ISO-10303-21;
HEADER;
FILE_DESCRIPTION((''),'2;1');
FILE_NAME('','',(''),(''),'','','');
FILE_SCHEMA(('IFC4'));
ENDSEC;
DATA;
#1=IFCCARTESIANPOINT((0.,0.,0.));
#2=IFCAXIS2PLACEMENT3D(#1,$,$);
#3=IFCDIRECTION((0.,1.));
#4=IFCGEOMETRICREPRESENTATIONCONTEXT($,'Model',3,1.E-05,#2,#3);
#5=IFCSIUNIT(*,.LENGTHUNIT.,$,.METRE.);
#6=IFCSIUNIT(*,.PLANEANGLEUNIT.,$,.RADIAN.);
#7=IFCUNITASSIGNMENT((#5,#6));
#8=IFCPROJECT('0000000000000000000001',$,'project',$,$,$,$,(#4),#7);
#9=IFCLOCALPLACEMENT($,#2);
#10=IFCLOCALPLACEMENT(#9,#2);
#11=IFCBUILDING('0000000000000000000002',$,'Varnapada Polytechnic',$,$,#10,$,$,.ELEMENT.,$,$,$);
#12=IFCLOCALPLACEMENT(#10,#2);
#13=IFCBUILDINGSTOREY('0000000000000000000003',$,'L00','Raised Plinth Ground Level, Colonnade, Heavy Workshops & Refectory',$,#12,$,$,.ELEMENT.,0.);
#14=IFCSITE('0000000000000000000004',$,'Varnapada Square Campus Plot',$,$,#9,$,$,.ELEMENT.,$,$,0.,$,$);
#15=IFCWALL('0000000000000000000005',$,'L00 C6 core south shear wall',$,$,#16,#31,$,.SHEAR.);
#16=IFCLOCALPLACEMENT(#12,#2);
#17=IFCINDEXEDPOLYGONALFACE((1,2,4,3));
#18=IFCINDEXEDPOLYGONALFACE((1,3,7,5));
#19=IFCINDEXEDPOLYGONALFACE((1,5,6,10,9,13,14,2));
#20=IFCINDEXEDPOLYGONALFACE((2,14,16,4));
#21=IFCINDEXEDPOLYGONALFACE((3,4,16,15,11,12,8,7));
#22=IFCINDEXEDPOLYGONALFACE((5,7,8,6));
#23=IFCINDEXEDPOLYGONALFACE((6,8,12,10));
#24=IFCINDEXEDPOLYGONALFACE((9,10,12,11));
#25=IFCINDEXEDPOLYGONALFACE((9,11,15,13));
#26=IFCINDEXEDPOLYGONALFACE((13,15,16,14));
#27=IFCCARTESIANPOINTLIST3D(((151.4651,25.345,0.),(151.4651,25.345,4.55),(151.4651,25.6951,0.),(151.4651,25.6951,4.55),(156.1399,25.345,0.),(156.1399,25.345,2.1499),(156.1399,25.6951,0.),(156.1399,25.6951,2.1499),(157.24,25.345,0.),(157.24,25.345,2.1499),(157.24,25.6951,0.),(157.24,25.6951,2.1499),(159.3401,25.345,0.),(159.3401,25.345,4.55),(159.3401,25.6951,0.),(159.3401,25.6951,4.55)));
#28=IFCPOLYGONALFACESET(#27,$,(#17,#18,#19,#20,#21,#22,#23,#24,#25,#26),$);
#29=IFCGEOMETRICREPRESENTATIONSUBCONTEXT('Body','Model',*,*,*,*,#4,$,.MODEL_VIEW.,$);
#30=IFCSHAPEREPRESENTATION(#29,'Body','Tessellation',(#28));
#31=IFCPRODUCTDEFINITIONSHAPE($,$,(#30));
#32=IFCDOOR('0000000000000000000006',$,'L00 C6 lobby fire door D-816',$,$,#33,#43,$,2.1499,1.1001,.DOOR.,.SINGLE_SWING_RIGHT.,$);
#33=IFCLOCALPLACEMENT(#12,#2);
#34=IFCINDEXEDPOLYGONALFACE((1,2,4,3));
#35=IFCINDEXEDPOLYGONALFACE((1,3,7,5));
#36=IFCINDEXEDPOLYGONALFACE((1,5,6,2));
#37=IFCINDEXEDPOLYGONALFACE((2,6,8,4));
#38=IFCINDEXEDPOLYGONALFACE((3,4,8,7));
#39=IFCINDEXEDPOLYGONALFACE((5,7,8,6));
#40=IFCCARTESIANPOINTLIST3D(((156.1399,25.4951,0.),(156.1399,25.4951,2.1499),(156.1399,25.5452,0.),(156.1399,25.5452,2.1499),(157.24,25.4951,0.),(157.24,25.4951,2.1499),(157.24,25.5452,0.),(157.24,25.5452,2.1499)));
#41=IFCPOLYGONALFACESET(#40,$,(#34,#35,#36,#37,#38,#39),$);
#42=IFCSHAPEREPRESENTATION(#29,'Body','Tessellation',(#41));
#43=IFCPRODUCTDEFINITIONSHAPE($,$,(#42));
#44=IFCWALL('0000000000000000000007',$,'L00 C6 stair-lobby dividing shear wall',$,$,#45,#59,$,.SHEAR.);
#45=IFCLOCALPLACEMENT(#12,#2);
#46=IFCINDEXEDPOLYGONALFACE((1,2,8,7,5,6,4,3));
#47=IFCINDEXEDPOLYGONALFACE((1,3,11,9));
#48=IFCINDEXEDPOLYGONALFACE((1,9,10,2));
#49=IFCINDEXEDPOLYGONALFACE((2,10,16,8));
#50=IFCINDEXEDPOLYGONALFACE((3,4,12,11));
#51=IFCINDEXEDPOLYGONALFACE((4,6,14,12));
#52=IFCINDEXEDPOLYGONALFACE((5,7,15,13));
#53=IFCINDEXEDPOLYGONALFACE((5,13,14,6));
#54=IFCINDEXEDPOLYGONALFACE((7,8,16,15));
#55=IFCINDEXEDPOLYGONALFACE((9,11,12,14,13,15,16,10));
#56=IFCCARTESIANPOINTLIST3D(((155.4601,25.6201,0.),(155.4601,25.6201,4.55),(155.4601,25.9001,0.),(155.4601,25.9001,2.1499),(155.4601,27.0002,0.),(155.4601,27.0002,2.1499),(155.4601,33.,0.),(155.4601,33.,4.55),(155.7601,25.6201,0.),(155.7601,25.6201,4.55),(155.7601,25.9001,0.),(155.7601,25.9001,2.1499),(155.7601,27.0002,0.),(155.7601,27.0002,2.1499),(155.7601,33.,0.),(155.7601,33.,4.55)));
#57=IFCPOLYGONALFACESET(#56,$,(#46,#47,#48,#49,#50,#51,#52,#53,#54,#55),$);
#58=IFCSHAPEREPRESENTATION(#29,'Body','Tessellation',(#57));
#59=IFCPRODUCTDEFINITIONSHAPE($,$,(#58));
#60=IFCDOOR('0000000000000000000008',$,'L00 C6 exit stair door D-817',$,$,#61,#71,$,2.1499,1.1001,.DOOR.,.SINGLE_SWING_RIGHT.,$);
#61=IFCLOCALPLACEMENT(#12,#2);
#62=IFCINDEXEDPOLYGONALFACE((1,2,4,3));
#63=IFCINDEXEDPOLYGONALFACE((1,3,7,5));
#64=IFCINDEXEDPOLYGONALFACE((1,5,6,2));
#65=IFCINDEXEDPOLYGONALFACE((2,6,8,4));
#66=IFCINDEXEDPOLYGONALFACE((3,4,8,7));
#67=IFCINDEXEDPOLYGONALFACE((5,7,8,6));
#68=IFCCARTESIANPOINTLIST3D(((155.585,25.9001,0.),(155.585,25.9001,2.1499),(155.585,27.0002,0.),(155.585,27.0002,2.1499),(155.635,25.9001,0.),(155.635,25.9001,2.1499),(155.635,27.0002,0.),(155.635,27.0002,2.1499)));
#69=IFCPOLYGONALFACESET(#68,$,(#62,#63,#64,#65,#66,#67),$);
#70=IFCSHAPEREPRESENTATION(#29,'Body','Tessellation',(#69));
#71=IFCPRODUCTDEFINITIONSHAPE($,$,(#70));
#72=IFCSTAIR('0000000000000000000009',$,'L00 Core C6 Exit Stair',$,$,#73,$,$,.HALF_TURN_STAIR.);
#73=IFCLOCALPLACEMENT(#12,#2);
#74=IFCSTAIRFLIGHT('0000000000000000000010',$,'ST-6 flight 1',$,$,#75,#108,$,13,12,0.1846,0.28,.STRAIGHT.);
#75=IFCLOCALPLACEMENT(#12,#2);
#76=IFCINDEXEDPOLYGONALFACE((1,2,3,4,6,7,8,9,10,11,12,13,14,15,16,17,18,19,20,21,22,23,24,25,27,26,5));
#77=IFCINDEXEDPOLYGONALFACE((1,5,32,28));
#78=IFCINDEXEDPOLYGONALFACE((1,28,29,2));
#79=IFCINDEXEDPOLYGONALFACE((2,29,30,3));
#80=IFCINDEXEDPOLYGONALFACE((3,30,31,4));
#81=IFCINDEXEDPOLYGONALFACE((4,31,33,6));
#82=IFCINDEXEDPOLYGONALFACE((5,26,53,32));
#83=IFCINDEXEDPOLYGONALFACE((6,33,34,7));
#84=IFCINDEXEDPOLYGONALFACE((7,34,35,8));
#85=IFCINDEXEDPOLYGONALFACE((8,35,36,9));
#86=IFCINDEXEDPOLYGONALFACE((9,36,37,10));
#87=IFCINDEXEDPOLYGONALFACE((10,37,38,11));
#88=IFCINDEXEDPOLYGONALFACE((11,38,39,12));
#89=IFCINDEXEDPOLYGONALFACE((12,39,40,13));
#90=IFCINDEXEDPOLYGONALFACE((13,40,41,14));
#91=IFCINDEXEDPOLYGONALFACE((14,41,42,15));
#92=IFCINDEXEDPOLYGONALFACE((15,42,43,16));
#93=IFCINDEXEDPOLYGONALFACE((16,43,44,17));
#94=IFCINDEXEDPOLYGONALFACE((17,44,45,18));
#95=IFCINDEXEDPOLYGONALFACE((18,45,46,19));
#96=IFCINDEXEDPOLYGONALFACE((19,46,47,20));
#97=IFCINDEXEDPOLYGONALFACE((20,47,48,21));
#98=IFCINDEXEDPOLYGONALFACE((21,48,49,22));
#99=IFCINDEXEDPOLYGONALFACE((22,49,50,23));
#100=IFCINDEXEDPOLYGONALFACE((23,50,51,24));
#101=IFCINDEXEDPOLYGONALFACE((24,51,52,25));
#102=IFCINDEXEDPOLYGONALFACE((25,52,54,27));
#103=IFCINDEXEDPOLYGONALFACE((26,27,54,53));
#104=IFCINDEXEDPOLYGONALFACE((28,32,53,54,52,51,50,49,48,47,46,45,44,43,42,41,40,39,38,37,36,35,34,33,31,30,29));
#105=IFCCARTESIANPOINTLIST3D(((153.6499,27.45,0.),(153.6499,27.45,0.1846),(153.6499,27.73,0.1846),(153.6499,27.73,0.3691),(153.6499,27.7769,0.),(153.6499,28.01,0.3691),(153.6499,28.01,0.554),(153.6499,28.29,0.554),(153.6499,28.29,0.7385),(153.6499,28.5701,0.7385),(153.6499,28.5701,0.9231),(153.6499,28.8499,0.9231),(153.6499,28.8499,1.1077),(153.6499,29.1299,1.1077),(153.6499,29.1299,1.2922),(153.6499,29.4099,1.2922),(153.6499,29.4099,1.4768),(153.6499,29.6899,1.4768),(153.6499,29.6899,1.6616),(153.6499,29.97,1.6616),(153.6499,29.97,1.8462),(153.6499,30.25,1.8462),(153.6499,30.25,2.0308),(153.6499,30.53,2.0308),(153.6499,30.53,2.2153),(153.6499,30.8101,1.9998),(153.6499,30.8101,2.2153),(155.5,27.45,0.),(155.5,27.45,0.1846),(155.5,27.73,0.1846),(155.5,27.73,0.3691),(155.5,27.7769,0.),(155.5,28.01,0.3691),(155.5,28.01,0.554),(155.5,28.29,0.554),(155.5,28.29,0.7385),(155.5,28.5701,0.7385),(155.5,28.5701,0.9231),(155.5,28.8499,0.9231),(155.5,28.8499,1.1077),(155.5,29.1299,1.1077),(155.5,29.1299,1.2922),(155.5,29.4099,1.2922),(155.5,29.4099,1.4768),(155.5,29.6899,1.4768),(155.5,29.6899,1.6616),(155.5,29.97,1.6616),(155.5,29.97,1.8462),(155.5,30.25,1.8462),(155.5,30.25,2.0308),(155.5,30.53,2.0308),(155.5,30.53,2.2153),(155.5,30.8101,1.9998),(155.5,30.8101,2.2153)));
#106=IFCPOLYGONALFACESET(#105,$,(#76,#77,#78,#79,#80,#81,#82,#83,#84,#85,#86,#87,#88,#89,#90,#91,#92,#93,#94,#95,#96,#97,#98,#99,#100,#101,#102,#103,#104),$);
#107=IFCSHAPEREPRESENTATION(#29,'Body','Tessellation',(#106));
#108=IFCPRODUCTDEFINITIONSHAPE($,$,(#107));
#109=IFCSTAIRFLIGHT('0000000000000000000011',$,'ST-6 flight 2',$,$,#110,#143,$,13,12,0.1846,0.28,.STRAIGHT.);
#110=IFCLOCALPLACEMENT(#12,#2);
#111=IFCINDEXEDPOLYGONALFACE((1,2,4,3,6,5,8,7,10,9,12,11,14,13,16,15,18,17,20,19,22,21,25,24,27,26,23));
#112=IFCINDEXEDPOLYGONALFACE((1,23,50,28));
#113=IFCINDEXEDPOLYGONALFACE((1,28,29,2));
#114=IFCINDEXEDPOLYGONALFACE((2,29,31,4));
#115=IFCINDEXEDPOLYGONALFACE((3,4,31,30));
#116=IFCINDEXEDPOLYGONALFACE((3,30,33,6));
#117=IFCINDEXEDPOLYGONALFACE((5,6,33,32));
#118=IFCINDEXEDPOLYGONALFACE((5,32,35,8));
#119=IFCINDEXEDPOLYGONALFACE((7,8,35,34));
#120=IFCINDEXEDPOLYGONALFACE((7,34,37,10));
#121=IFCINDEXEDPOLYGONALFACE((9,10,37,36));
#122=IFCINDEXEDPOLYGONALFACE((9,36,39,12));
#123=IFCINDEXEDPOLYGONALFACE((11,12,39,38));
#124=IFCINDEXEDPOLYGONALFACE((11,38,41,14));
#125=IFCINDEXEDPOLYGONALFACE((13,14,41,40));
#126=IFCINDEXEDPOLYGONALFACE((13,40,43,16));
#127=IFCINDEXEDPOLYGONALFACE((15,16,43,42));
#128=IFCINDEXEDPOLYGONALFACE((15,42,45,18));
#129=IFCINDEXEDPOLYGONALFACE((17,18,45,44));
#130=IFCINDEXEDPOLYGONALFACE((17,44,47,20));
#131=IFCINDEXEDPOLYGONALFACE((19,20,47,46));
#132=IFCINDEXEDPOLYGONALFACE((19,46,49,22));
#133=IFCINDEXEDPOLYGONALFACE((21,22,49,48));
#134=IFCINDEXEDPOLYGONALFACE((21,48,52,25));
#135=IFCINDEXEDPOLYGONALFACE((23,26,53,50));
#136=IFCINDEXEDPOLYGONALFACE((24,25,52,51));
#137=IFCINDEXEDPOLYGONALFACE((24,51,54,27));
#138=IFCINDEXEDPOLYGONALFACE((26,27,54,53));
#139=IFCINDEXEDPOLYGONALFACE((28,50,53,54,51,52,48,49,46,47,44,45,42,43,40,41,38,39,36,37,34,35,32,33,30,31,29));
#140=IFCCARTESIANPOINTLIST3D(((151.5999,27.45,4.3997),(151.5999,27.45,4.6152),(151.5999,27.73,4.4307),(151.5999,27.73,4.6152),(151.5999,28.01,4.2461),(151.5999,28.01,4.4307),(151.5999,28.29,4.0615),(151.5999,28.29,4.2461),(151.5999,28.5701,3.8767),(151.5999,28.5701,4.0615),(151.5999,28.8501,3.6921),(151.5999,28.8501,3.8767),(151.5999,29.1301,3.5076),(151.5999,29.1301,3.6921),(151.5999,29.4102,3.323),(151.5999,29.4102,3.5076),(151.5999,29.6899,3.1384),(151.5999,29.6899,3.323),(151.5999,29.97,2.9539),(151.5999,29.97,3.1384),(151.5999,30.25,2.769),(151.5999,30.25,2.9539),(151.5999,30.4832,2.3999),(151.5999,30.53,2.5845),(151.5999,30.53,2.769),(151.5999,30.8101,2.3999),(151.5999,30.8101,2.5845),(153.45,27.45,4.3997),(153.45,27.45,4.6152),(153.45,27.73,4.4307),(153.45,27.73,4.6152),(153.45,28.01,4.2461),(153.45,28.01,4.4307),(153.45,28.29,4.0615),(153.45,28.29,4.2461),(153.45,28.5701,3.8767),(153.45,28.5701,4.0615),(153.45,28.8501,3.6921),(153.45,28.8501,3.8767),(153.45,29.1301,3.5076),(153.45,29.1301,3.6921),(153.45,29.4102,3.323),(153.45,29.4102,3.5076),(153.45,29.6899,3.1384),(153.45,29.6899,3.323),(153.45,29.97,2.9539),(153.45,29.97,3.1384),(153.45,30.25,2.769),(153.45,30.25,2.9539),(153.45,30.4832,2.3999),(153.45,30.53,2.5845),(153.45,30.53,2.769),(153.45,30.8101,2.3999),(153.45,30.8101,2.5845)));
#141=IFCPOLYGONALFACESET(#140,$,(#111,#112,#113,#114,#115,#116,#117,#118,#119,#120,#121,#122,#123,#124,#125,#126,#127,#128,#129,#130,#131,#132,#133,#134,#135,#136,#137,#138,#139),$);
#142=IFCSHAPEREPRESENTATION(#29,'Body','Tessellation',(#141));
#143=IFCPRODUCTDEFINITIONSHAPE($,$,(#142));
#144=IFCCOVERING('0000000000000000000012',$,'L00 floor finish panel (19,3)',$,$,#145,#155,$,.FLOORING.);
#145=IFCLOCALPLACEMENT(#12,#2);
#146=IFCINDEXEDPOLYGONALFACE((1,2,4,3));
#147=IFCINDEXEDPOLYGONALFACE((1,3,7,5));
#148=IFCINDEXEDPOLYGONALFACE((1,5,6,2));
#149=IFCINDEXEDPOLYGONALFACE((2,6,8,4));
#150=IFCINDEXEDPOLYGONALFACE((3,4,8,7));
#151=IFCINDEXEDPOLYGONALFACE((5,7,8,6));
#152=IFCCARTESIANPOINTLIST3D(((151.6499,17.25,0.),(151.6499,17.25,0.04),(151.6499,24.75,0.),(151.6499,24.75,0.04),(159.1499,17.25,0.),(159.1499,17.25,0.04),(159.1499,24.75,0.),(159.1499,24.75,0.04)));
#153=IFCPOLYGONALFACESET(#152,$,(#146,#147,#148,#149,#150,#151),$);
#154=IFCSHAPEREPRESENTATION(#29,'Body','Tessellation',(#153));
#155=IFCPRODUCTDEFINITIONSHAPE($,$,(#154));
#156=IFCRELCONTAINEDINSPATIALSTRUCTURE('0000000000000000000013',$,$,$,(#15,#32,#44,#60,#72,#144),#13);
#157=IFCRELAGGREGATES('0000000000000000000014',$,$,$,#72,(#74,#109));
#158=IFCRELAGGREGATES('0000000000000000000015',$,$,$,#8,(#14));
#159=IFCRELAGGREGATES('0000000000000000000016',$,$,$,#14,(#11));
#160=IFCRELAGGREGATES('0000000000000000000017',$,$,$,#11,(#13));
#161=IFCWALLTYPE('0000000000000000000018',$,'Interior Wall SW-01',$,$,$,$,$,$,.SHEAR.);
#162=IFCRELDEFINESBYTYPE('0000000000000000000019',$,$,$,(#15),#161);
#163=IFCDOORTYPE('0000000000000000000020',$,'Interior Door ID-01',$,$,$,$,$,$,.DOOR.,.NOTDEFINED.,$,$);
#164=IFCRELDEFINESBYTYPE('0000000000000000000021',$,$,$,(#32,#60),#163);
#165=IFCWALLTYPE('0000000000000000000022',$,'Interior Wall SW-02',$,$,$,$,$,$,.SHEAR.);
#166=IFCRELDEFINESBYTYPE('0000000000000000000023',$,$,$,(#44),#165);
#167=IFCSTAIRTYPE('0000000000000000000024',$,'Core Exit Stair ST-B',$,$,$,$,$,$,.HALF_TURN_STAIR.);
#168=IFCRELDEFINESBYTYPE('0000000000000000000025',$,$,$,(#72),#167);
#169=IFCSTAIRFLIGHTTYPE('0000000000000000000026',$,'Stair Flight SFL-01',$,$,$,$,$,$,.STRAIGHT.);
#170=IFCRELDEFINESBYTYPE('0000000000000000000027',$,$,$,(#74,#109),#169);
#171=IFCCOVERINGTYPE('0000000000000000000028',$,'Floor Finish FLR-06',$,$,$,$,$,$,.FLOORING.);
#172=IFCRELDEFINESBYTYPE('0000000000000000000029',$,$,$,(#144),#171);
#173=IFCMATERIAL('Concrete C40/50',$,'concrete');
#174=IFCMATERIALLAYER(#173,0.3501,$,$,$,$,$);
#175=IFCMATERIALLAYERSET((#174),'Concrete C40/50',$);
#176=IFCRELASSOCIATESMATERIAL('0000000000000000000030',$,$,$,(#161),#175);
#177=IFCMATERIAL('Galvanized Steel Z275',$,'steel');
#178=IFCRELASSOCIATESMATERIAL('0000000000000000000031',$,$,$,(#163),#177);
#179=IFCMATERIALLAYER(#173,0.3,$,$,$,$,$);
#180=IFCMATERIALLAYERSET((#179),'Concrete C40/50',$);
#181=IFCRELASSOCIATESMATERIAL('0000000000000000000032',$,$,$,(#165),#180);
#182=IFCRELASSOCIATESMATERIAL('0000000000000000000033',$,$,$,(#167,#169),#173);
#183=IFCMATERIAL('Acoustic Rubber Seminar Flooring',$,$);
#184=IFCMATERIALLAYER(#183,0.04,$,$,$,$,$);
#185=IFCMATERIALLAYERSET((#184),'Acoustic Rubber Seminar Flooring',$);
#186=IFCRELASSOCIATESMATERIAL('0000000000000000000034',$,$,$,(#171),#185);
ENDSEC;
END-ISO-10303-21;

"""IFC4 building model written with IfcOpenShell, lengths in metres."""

from ifc_helpers import new_model, si_unit, direction, frame, frame_2d, origin, origin_2d, place, context, subcontext, project, spatial, polyline, rectangle, outline, extrude, material, layer, layer_set, type_object, element, fill, aggregate, save


model = new_model("IFC4")

# Units and contexts
model_context = context("Model", 3, precision=1e-05, world=origin(), true_north=direction((0.0, 1.0)))
body_context = subcontext(model_context, "Body", "Model", "MODEL_VIEW")
ifc_project = project(units=[si_unit("LENGTHUNIT", "METRE"), si_unit("PLANEANGLEUNIT", "RADIAN")], contexts=[model_context])

# Site, building, storey
site_placement = place(None, origin())
site = spatial("IfcSite", under=ifc_project, at=site_placement, Name="Varnapada Square Campus Plot", CompositionType="ELEMENT", RefElevation=0.0)
building_placement = place(site_placement, origin())
building = spatial("IfcBuilding", under=site, at=building_placement, Name="Varnapada Polytechnic", CompositionType="ELEMENT")
storey_placement = place(building_placement, origin())
storey = spatial("IfcBuildingStorey", under=building, at=storey_placement, Name="L00", Description="Raised Plinth Ground Level, Colonnade, Heavy Workshops & Refectory", CompositionType="ELEMENT", Elevation=0.0)

# Shared definitions
ifc_material_1 = material(Name="Concrete C40/50", Category="concrete")

# Shared definitions
ifc_layer_1 = layer(ifc_material_1, 0.3501)
ifc_layer_set_1 = layer_set([ifc_layer_1], Name="Concrete C40/50")
wall_type_1 = type_object("IfcWallType", Name="Interior Wall SW-01", PredefinedType="SHEAR", material=ifc_layer_set_1)

# Walls, openings, doors
wall_1_placement = place(storey_placement, frame((159.3401, 25.52, 0.0), z_axis=(0.0, 0.0, 1.0), x_axis=(-1.0, 0.0, 0.0)))
wall_1 = element("IfcWall", 1, at=wall_1_placement, inside=storey, type_object=wall_type_1, Name="L00 C6 core south shear wall", PredefinedType="SHEAR", context=body_context, shape_type="SweptSolid", body=[
    extrude(rectangle(XDim=7.875, YDim=0.3501, at=frame_2d((3.9375, 0.0))), origin(), (0.0, 0.0, 1.0), 4.55),
])
opening_1_placement = place(wall_1_placement, frame((2.1001, 0.0, 0.0)))
opening_1 = element("IfcOpeningElement", 2, at=opening_1_placement, cuts=wall_1, PredefinedType="OPENING", context=body_context, shape_type="SweptSolid", body=[
    extrude(rectangle(XDim=1.1001, YDim=2.1499, at=frame_2d((0.55, 1.075))), frame((0.0, 0.1851, 0.0), z_axis=(0.0, -1.0, 0.0), x_axis=(1.0, 0.0, 0.0)), (0.0, 0.0, 1.0), 0.3701),
])
ifc_material_2 = material(Name="Galvanized Steel Z275", Category="steel")
door_type_1 = type_object("IfcDoorType", Name="Interior Door ID-01", OperationType="NOTDEFINED", PredefinedType="DOOR", material=ifc_material_2)
door_1_placement = place(opening_1_placement, origin())
door_1 = element("IfcDoor", 3, at=door_1_placement, inside=storey, type_object=door_type_1, Name="L00 C6 lobby fire door D-816", OperationType="SINGLE_SWING_RIGHT", OverallHeight=2.1499, OverallWidth=1.1001, PredefinedType="DOOR", context=body_context, shape_type="SweptSolid", body=[
    extrude(rectangle(XDim=1.1001, YDim=2.1499, at=frame_2d((0.55, 1.075))), frame((0.0, 0.0249, 0.0), z_axis=(0.0, -1.0, 0.0), x_axis=(1.0, 0.0, 0.0)), (0.0, 0.0, 1.0), 0.05),
])
fill(opening_1, door_1)
ifc_layer_2 = layer(ifc_material_1, 0.3)
ifc_layer_set_2 = layer_set([ifc_layer_2], Name="Concrete C40/50")
wall_type_2 = type_object("IfcWallType", Name="Interior Wall SW-02", PredefinedType="SHEAR", material=ifc_layer_set_2)
wall_2_placement = place(storey_placement, frame((155.6101, 25.6201, 0.0), z_axis=(0.0, 0.0, 1.0), x_axis=(0.0, 1.0, 0.0)))
wall_2 = element("IfcWall", 4, at=wall_2_placement, inside=storey, type_object=wall_type_2, Name="L00 C6 stair-lobby dividing shear wall", PredefinedType="SHEAR", context=body_context, shape_type="SweptSolid", body=[
    extrude(rectangle(XDim=7.3799, YDim=0.3, at=frame_2d((3.6899, 0.0))), origin(), (0.0, 0.0, 1.0), 4.55),
])
opening_2_placement = place(wall_2_placement, frame((0.28, 0.0, 0.0)))
opening_2 = element("IfcOpeningElement", 5, at=opening_2_placement, cuts=wall_2, PredefinedType="OPENING", context=body_context, shape_type="SweptSolid", body=[
    extrude(rectangle(XDim=1.1001, YDim=2.1499, at=frame_2d((0.55, 1.075))), frame((0.0, 0.1599, 0.0), z_axis=(0.0, -1.0, 0.0), x_axis=(1.0, 0.0, 0.0)), (0.0, 0.0, 1.0), 0.3201),
])
door_2_placement = place(opening_2_placement, frame((1.1001, 0.0, 0.0), z_axis=(0.0, 0.0, 1.0), x_axis=(-1.0, 0.0, 0.0)))
door_2 = element("IfcDoor", 6, at=door_2_placement, inside=storey, type_object=door_type_1, Name="L00 C6 exit stair door D-817", OperationType="SINGLE_SWING_RIGHT", OverallHeight=2.1499, OverallWidth=1.1001, PredefinedType="DOOR", context=body_context, shape_type="SweptSolid", body=[
    extrude(rectangle(XDim=1.1001, YDim=2.1499, at=frame_2d((0.55, 1.075))), frame((0.0, 0.0249, 0.0), z_axis=(0.0, -1.0, 0.0), x_axis=(1.0, 0.0, 0.0)), (0.0, 0.0, 1.0), 0.05),
])
fill(opening_2, door_2)

# Stair, stair flights
stair_type = type_object("IfcStairType", Name="Core Exit Stair ST-B", PredefinedType="HALF_TURN_STAIR", material=ifc_material_1)
stair_placement = place(storey_placement, origin())
stair = element("IfcStair", 7, at=stair_placement, inside=storey, type_object=stair_type, Name="L00 Core C6 Exit Stair", PredefinedType="HALF_TURN_STAIR")
stair_flight_type = type_object("IfcStairFlightType", Name="Stair Flight SFL-01", PredefinedType="STRAIGHT", material=ifc_material_1)
stair_flight_1_placement = place(storey_placement, frame((154.575, 27.45, 0.0), z_axis=(0.0, 0.0, 1.0), x_axis=(0.0, 1.0, 0.0)))
stair_flight_1 = element("IfcStairFlight", 8, at=stair_flight_1_placement, type_object=stair_flight_type, Name="ST-6 flight 1", NumberOfRisers=13, NumberOfTreads=12, PredefinedType="STRAIGHT", RiserHeight=0.1846, TreadLength=0.28, context=body_context, shape_type="SweptSolid", body=[
    extrude(outline(polyline([(0.0, 0.0), (0.0, 0.1846), (0.28, 0.1846), (0.28, 0.3691), (0.5601, 0.3691), (0.5601, 0.554), (0.8401, 0.554), (0.8401, 0.7385), (1.1201, 0.7385), (1.1201, 0.9231), (1.3999, 0.9231), (1.3999, 1.1077), (1.6799, 1.1077), (1.6799, 1.2922), (1.96, 1.2922), (1.96, 1.4768), (2.24, 1.4768), (2.24, 1.6616), (2.52, 1.6616), (2.52, 1.8462), (2.8, 1.8462), (2.8, 2.0308), (3.0801, 2.0308), (3.0801, 2.2153), (3.3601, 2.2153), (3.3601, 2.3999), (3.3601, 1.9998), (0.3269, 0.0), (0.0, 0.0)])), frame((0.0, 0.925, 0.0), z_axis=(0.0, -1.0, 0.0), x_axis=(1.0, 0.0, 0.0)), (0.0, 0.0, 1.0), 1.8501),
])
stair_flight_2_placement = place(storey_placement, frame((152.5249, 30.8101, 2.3999), z_axis=(0.0, 0.0, 1.0), x_axis=(0.0, -1.0, 0.0)))
stair_flight_2 = element("IfcStairFlight", 9, at=stair_flight_2_placement, type_object=stair_flight_type, Name="ST-6 flight 2", NumberOfRisers=13, NumberOfTreads=12, PredefinedType="STRAIGHT", RiserHeight=0.1846, TreadLength=0.28, context=body_context, shape_type="SweptSolid", body=[
    extrude(outline(polyline([(0.0, 0.0), (0.0, 0.1846), (0.28, 0.1846), (0.28, 0.3691), (0.5601, 0.3691), (0.5601, 0.554), (0.8401, 0.554), (0.8401, 0.7385), (1.1201, 0.7385), (1.1201, 0.9231), (1.3999, 0.9231), (1.3999, 1.1077), (1.6799, 1.1077), (1.6799, 1.2922), (1.96, 1.2922), (1.96, 1.4768), (2.24, 1.4768), (2.24, 1.6616), (2.52, 1.6616), (2.52, 1.8462), (2.8, 1.8462), (2.8, 2.0308), (3.0801, 2.0308), (3.0801, 2.2153), (3.3601, 2.2153), (3.3601, 2.3999), (3.3601, 1.9998), (0.3269, 0.0), (0.0, 0.0)])), frame((0.0, 0.925, 0.0), z_axis=(0.0, -1.0, 0.0), x_axis=(1.0, 0.0, 0.0)), (0.0, 0.0, 1.0), 1.8501),
])
aggregate(stair, [stair_flight_1, stair_flight_2])

# Covering
ifc_material_3 = material(Name="Acoustic Rubber Seminar Flooring")
ifc_layer_3 = layer(ifc_material_3, 0.04)
ifc_layer_set_3 = layer_set([ifc_layer_3], Name="Acoustic Rubber Seminar Flooring")
covering_type = type_object("IfcCoveringType", Name="Floor Finish FLR-06", PredefinedType="FLOORING", material=ifc_layer_set_3)
covering_placement = place(storey_placement, frame((155.3999, 21.0, 0.0), z_axis=(0.0, 0.0, 1.0), x_axis=(1.0, 0.0, 0.0)))
element("IfcCovering", 10, at=covering_placement, inside=storey, type_object=covering_type, Name="L00 floor finish panel (19,3)", PredefinedType="FLOORING", context=body_context, shape_type="SweptSolid", body=[
    extrude(rectangle(XDim=7.5, YDim=7.5, at=origin_2d()), origin(), (0.0, 0.0, 1.0), 0.04),
])

save(model, "model.ifc")
